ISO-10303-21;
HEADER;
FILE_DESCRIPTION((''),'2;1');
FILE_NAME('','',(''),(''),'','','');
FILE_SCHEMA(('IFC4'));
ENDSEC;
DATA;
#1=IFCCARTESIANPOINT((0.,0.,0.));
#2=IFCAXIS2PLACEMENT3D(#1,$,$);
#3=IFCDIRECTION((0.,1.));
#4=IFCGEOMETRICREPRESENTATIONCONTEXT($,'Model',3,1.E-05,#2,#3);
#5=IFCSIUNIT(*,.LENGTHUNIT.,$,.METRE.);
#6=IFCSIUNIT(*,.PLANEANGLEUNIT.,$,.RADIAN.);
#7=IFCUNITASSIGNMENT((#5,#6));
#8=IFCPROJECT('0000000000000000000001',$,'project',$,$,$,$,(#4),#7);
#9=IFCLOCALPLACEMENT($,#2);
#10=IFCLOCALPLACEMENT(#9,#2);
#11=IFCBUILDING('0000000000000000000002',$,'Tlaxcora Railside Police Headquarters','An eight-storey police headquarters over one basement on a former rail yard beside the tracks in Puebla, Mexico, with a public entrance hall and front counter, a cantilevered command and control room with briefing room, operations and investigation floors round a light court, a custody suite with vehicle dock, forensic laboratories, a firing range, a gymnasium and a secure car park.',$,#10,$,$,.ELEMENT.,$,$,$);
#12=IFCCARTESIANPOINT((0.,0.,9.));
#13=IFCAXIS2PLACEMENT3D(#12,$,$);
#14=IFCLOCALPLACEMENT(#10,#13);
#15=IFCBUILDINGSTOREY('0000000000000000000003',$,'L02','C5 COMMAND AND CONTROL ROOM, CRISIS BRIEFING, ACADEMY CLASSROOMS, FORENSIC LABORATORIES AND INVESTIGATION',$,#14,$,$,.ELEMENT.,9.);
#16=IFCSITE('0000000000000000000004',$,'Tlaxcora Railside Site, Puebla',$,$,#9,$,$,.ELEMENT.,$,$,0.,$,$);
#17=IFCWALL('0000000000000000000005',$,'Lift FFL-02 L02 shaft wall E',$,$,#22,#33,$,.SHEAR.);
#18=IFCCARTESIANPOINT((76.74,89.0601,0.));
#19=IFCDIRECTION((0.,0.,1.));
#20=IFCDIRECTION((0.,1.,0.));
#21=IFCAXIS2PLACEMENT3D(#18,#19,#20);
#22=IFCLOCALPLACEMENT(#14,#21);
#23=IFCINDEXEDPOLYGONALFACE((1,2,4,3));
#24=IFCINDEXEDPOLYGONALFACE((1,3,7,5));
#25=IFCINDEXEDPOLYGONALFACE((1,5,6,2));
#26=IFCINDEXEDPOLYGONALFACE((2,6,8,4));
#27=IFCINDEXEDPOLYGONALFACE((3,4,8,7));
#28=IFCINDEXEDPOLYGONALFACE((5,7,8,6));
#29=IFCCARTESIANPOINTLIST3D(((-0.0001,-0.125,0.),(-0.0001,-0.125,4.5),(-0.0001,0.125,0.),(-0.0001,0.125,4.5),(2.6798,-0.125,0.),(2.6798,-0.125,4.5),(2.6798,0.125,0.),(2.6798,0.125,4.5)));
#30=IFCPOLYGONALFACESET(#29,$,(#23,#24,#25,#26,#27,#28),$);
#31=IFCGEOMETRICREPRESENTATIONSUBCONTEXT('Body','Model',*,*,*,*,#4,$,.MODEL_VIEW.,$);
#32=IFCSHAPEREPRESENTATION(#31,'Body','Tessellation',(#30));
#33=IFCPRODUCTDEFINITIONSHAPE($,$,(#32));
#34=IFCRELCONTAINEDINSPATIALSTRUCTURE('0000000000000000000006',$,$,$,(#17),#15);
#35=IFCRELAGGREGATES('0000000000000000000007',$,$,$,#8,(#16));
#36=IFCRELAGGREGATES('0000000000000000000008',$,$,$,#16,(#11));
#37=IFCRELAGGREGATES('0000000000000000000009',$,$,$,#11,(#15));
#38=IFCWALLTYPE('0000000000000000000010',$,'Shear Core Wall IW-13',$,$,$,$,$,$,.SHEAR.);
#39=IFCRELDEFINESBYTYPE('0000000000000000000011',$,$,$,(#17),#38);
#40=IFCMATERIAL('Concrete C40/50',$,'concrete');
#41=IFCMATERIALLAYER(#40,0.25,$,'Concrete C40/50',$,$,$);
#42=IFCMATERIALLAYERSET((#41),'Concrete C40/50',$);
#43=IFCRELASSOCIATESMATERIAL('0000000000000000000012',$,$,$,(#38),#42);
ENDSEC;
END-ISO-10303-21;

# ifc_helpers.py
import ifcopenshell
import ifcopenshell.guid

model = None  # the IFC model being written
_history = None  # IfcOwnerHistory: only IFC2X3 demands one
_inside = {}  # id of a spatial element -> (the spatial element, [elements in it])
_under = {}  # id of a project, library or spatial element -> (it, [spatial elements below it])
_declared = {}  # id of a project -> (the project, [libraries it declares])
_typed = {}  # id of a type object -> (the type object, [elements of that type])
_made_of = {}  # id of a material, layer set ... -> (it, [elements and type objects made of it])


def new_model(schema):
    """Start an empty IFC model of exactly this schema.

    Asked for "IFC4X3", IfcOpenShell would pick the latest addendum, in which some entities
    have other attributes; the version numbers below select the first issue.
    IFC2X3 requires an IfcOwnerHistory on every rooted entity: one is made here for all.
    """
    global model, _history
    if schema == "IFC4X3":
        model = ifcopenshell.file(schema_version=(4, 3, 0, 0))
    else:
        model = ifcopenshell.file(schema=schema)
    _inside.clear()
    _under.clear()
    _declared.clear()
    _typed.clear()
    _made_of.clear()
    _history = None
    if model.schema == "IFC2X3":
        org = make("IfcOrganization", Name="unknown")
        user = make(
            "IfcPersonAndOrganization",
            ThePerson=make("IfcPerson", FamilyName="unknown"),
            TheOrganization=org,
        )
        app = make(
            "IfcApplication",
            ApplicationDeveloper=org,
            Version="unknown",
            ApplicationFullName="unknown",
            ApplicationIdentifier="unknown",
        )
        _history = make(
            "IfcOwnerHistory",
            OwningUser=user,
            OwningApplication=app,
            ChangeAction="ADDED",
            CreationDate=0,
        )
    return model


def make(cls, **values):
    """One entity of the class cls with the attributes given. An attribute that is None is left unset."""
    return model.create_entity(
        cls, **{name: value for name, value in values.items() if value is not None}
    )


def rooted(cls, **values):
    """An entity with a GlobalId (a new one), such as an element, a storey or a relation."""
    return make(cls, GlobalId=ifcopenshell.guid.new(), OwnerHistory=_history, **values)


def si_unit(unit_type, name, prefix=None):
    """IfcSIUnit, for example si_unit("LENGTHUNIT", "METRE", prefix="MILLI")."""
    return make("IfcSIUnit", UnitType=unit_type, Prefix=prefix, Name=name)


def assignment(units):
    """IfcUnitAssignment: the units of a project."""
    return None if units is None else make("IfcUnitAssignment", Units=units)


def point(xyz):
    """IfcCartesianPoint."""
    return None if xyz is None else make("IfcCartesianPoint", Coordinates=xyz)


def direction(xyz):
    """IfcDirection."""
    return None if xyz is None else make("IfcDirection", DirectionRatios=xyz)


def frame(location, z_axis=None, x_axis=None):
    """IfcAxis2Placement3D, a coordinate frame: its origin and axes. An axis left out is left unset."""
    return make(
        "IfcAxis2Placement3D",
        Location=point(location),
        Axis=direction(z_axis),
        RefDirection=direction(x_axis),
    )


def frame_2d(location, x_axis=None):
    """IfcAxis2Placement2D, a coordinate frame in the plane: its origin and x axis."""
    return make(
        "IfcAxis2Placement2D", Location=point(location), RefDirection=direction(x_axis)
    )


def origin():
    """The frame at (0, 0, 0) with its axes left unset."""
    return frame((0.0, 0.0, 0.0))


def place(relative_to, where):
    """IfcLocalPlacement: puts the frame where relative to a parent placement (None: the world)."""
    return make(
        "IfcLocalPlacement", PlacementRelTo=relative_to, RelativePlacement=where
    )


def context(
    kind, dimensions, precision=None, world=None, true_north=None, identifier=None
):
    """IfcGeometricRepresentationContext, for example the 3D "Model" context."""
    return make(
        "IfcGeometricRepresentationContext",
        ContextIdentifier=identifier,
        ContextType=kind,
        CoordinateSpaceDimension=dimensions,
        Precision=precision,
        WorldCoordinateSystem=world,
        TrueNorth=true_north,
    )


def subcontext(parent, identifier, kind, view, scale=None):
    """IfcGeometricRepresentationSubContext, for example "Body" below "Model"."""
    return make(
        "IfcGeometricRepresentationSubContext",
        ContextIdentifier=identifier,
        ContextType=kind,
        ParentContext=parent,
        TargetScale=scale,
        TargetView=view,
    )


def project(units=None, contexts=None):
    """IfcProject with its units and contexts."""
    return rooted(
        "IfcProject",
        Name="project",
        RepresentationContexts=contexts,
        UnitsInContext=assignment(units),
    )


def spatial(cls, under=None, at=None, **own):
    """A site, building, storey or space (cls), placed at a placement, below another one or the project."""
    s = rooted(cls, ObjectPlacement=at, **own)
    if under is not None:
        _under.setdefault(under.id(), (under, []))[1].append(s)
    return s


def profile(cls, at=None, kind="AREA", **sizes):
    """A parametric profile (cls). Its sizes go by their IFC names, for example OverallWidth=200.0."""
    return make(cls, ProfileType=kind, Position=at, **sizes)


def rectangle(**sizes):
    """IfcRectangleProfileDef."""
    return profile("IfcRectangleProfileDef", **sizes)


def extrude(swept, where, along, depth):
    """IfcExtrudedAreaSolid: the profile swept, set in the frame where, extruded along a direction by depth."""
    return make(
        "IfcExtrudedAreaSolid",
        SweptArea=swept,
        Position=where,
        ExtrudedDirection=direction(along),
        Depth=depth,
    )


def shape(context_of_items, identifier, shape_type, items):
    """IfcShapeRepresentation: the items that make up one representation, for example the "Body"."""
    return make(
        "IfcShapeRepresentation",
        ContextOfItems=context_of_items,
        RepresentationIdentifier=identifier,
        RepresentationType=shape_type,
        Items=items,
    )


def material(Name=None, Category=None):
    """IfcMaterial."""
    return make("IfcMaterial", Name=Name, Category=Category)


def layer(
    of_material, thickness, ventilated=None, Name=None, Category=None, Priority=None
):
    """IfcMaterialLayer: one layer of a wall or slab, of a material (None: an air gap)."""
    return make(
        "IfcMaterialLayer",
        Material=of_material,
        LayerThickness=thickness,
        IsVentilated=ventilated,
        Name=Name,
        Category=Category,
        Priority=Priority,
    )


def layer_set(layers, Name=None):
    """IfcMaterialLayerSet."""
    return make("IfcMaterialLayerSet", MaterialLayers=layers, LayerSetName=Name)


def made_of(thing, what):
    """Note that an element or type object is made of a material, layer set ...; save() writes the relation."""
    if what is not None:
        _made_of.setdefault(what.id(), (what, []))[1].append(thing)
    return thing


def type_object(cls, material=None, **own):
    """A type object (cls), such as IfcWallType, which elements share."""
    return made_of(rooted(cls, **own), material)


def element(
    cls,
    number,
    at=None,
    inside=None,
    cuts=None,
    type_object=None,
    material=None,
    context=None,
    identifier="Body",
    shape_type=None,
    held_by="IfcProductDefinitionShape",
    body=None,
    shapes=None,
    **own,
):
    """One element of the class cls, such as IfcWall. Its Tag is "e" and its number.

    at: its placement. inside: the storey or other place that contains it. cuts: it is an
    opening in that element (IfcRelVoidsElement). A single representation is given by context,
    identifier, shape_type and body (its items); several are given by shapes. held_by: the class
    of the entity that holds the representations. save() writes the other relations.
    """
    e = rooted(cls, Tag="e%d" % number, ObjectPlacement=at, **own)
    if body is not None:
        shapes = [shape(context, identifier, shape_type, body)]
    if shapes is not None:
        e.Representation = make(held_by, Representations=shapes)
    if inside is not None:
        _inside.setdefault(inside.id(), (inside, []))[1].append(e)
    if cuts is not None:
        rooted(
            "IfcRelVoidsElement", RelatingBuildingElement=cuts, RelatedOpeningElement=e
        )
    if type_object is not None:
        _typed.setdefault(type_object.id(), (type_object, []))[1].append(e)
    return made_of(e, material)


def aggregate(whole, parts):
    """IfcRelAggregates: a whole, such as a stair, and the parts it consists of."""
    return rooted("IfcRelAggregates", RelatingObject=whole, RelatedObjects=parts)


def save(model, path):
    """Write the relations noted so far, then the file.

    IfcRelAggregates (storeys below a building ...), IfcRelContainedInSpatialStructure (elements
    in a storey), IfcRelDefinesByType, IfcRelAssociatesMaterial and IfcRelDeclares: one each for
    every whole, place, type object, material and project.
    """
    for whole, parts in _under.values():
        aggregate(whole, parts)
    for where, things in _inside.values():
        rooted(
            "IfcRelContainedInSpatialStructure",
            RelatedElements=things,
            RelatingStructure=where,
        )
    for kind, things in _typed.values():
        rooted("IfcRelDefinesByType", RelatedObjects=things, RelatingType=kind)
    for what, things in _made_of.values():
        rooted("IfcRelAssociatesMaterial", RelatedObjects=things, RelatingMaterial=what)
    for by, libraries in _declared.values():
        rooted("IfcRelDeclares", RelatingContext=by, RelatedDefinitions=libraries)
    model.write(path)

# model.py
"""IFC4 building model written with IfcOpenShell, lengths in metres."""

from ifc_helpers import new_model, si_unit, direction, frame, frame_2d, origin, place, context, subcontext, project, spatial, rectangle, extrude, material, layer, layer_set, type_object, element, save


model = new_model("IFC4")

# Units and contexts
model_context = context("Model", 3, precision=1e-05, world=origin(), true_north=direction((0.0, 1.0)))
body_context = subcontext(model_context, "Body", "Model", "MODEL_VIEW")
ifc_project = project(units=[si_unit("LENGTHUNIT", "METRE"), si_unit("PLANEANGLEUNIT", "RADIAN")], contexts=[model_context])

# Site, building, storey
site_placement = place(None, origin())
site = spatial("IfcSite", under=ifc_project, at=site_placement, Name="Tlaxcora Railside Site, Puebla", CompositionType="ELEMENT", RefElevation=0.0)
building_placement = place(site_placement, origin())
building = spatial("IfcBuilding", under=site, at=building_placement, Name="Tlaxcora Railside Police Headquarters", Description="An eight-storey police headquarters over one basement on a former rail yard beside the tracks in Puebla, Mexico, with a public entrance hall and front counter, a cantilevered command and control room with briefing room, operations and investigation floors round a light court, a custody suite with vehicle dock, forensic laboratories, a firing range, a gymnasium and a secure car park.", CompositionType="ELEMENT")
storey_placement = place(building_placement, frame((0.0, 0.0, 9.0)))
storey = spatial("IfcBuildingStorey", under=building, at=storey_placement, Name="L02", Description="C5 COMMAND AND CONTROL ROOM, CRISIS BRIEFING, ACADEMY CLASSROOMS, FORENSIC LABORATORIES AND INVESTIGATION", CompositionType="ELEMENT", Elevation=9.0)

# Shared definitions
ifc_material_1 = material(Name="Concrete C40/50", Category="concrete")

# Shared definitions
ifc_layer_1 = layer(ifc_material_1, 0.25, Name="Concrete C40/50")
ifc_layer_set_1 = layer_set([ifc_layer_1], Name="Concrete C40/50")
wall_type_1 = type_object("IfcWallType", Name="Shear Core Wall IW-13", PredefinedType="SHEAR", material=ifc_layer_set_1)

# Wall
wall_1_placement = place(storey_placement, frame((76.74, 89.0601, 0.0), z_axis=(0.0, 0.0, 1.0), x_axis=(0.0, 1.0, 0.0)))
element("IfcWall", 1, at=wall_1_placement, inside=storey, type_object=wall_type_1, Name="Lift FFL-02 L02 shaft wall E", PredefinedType="SHEAR", context=body_context, shape_type="SweptSolid", body=[
    extrude(rectangle(XDim=2.6799, YDim=0.25, at=frame_2d((1.3398, 0.0))), origin(), (0.0, 0.0, 1.0), 4.5),
])

save(model, "model.ifc")
